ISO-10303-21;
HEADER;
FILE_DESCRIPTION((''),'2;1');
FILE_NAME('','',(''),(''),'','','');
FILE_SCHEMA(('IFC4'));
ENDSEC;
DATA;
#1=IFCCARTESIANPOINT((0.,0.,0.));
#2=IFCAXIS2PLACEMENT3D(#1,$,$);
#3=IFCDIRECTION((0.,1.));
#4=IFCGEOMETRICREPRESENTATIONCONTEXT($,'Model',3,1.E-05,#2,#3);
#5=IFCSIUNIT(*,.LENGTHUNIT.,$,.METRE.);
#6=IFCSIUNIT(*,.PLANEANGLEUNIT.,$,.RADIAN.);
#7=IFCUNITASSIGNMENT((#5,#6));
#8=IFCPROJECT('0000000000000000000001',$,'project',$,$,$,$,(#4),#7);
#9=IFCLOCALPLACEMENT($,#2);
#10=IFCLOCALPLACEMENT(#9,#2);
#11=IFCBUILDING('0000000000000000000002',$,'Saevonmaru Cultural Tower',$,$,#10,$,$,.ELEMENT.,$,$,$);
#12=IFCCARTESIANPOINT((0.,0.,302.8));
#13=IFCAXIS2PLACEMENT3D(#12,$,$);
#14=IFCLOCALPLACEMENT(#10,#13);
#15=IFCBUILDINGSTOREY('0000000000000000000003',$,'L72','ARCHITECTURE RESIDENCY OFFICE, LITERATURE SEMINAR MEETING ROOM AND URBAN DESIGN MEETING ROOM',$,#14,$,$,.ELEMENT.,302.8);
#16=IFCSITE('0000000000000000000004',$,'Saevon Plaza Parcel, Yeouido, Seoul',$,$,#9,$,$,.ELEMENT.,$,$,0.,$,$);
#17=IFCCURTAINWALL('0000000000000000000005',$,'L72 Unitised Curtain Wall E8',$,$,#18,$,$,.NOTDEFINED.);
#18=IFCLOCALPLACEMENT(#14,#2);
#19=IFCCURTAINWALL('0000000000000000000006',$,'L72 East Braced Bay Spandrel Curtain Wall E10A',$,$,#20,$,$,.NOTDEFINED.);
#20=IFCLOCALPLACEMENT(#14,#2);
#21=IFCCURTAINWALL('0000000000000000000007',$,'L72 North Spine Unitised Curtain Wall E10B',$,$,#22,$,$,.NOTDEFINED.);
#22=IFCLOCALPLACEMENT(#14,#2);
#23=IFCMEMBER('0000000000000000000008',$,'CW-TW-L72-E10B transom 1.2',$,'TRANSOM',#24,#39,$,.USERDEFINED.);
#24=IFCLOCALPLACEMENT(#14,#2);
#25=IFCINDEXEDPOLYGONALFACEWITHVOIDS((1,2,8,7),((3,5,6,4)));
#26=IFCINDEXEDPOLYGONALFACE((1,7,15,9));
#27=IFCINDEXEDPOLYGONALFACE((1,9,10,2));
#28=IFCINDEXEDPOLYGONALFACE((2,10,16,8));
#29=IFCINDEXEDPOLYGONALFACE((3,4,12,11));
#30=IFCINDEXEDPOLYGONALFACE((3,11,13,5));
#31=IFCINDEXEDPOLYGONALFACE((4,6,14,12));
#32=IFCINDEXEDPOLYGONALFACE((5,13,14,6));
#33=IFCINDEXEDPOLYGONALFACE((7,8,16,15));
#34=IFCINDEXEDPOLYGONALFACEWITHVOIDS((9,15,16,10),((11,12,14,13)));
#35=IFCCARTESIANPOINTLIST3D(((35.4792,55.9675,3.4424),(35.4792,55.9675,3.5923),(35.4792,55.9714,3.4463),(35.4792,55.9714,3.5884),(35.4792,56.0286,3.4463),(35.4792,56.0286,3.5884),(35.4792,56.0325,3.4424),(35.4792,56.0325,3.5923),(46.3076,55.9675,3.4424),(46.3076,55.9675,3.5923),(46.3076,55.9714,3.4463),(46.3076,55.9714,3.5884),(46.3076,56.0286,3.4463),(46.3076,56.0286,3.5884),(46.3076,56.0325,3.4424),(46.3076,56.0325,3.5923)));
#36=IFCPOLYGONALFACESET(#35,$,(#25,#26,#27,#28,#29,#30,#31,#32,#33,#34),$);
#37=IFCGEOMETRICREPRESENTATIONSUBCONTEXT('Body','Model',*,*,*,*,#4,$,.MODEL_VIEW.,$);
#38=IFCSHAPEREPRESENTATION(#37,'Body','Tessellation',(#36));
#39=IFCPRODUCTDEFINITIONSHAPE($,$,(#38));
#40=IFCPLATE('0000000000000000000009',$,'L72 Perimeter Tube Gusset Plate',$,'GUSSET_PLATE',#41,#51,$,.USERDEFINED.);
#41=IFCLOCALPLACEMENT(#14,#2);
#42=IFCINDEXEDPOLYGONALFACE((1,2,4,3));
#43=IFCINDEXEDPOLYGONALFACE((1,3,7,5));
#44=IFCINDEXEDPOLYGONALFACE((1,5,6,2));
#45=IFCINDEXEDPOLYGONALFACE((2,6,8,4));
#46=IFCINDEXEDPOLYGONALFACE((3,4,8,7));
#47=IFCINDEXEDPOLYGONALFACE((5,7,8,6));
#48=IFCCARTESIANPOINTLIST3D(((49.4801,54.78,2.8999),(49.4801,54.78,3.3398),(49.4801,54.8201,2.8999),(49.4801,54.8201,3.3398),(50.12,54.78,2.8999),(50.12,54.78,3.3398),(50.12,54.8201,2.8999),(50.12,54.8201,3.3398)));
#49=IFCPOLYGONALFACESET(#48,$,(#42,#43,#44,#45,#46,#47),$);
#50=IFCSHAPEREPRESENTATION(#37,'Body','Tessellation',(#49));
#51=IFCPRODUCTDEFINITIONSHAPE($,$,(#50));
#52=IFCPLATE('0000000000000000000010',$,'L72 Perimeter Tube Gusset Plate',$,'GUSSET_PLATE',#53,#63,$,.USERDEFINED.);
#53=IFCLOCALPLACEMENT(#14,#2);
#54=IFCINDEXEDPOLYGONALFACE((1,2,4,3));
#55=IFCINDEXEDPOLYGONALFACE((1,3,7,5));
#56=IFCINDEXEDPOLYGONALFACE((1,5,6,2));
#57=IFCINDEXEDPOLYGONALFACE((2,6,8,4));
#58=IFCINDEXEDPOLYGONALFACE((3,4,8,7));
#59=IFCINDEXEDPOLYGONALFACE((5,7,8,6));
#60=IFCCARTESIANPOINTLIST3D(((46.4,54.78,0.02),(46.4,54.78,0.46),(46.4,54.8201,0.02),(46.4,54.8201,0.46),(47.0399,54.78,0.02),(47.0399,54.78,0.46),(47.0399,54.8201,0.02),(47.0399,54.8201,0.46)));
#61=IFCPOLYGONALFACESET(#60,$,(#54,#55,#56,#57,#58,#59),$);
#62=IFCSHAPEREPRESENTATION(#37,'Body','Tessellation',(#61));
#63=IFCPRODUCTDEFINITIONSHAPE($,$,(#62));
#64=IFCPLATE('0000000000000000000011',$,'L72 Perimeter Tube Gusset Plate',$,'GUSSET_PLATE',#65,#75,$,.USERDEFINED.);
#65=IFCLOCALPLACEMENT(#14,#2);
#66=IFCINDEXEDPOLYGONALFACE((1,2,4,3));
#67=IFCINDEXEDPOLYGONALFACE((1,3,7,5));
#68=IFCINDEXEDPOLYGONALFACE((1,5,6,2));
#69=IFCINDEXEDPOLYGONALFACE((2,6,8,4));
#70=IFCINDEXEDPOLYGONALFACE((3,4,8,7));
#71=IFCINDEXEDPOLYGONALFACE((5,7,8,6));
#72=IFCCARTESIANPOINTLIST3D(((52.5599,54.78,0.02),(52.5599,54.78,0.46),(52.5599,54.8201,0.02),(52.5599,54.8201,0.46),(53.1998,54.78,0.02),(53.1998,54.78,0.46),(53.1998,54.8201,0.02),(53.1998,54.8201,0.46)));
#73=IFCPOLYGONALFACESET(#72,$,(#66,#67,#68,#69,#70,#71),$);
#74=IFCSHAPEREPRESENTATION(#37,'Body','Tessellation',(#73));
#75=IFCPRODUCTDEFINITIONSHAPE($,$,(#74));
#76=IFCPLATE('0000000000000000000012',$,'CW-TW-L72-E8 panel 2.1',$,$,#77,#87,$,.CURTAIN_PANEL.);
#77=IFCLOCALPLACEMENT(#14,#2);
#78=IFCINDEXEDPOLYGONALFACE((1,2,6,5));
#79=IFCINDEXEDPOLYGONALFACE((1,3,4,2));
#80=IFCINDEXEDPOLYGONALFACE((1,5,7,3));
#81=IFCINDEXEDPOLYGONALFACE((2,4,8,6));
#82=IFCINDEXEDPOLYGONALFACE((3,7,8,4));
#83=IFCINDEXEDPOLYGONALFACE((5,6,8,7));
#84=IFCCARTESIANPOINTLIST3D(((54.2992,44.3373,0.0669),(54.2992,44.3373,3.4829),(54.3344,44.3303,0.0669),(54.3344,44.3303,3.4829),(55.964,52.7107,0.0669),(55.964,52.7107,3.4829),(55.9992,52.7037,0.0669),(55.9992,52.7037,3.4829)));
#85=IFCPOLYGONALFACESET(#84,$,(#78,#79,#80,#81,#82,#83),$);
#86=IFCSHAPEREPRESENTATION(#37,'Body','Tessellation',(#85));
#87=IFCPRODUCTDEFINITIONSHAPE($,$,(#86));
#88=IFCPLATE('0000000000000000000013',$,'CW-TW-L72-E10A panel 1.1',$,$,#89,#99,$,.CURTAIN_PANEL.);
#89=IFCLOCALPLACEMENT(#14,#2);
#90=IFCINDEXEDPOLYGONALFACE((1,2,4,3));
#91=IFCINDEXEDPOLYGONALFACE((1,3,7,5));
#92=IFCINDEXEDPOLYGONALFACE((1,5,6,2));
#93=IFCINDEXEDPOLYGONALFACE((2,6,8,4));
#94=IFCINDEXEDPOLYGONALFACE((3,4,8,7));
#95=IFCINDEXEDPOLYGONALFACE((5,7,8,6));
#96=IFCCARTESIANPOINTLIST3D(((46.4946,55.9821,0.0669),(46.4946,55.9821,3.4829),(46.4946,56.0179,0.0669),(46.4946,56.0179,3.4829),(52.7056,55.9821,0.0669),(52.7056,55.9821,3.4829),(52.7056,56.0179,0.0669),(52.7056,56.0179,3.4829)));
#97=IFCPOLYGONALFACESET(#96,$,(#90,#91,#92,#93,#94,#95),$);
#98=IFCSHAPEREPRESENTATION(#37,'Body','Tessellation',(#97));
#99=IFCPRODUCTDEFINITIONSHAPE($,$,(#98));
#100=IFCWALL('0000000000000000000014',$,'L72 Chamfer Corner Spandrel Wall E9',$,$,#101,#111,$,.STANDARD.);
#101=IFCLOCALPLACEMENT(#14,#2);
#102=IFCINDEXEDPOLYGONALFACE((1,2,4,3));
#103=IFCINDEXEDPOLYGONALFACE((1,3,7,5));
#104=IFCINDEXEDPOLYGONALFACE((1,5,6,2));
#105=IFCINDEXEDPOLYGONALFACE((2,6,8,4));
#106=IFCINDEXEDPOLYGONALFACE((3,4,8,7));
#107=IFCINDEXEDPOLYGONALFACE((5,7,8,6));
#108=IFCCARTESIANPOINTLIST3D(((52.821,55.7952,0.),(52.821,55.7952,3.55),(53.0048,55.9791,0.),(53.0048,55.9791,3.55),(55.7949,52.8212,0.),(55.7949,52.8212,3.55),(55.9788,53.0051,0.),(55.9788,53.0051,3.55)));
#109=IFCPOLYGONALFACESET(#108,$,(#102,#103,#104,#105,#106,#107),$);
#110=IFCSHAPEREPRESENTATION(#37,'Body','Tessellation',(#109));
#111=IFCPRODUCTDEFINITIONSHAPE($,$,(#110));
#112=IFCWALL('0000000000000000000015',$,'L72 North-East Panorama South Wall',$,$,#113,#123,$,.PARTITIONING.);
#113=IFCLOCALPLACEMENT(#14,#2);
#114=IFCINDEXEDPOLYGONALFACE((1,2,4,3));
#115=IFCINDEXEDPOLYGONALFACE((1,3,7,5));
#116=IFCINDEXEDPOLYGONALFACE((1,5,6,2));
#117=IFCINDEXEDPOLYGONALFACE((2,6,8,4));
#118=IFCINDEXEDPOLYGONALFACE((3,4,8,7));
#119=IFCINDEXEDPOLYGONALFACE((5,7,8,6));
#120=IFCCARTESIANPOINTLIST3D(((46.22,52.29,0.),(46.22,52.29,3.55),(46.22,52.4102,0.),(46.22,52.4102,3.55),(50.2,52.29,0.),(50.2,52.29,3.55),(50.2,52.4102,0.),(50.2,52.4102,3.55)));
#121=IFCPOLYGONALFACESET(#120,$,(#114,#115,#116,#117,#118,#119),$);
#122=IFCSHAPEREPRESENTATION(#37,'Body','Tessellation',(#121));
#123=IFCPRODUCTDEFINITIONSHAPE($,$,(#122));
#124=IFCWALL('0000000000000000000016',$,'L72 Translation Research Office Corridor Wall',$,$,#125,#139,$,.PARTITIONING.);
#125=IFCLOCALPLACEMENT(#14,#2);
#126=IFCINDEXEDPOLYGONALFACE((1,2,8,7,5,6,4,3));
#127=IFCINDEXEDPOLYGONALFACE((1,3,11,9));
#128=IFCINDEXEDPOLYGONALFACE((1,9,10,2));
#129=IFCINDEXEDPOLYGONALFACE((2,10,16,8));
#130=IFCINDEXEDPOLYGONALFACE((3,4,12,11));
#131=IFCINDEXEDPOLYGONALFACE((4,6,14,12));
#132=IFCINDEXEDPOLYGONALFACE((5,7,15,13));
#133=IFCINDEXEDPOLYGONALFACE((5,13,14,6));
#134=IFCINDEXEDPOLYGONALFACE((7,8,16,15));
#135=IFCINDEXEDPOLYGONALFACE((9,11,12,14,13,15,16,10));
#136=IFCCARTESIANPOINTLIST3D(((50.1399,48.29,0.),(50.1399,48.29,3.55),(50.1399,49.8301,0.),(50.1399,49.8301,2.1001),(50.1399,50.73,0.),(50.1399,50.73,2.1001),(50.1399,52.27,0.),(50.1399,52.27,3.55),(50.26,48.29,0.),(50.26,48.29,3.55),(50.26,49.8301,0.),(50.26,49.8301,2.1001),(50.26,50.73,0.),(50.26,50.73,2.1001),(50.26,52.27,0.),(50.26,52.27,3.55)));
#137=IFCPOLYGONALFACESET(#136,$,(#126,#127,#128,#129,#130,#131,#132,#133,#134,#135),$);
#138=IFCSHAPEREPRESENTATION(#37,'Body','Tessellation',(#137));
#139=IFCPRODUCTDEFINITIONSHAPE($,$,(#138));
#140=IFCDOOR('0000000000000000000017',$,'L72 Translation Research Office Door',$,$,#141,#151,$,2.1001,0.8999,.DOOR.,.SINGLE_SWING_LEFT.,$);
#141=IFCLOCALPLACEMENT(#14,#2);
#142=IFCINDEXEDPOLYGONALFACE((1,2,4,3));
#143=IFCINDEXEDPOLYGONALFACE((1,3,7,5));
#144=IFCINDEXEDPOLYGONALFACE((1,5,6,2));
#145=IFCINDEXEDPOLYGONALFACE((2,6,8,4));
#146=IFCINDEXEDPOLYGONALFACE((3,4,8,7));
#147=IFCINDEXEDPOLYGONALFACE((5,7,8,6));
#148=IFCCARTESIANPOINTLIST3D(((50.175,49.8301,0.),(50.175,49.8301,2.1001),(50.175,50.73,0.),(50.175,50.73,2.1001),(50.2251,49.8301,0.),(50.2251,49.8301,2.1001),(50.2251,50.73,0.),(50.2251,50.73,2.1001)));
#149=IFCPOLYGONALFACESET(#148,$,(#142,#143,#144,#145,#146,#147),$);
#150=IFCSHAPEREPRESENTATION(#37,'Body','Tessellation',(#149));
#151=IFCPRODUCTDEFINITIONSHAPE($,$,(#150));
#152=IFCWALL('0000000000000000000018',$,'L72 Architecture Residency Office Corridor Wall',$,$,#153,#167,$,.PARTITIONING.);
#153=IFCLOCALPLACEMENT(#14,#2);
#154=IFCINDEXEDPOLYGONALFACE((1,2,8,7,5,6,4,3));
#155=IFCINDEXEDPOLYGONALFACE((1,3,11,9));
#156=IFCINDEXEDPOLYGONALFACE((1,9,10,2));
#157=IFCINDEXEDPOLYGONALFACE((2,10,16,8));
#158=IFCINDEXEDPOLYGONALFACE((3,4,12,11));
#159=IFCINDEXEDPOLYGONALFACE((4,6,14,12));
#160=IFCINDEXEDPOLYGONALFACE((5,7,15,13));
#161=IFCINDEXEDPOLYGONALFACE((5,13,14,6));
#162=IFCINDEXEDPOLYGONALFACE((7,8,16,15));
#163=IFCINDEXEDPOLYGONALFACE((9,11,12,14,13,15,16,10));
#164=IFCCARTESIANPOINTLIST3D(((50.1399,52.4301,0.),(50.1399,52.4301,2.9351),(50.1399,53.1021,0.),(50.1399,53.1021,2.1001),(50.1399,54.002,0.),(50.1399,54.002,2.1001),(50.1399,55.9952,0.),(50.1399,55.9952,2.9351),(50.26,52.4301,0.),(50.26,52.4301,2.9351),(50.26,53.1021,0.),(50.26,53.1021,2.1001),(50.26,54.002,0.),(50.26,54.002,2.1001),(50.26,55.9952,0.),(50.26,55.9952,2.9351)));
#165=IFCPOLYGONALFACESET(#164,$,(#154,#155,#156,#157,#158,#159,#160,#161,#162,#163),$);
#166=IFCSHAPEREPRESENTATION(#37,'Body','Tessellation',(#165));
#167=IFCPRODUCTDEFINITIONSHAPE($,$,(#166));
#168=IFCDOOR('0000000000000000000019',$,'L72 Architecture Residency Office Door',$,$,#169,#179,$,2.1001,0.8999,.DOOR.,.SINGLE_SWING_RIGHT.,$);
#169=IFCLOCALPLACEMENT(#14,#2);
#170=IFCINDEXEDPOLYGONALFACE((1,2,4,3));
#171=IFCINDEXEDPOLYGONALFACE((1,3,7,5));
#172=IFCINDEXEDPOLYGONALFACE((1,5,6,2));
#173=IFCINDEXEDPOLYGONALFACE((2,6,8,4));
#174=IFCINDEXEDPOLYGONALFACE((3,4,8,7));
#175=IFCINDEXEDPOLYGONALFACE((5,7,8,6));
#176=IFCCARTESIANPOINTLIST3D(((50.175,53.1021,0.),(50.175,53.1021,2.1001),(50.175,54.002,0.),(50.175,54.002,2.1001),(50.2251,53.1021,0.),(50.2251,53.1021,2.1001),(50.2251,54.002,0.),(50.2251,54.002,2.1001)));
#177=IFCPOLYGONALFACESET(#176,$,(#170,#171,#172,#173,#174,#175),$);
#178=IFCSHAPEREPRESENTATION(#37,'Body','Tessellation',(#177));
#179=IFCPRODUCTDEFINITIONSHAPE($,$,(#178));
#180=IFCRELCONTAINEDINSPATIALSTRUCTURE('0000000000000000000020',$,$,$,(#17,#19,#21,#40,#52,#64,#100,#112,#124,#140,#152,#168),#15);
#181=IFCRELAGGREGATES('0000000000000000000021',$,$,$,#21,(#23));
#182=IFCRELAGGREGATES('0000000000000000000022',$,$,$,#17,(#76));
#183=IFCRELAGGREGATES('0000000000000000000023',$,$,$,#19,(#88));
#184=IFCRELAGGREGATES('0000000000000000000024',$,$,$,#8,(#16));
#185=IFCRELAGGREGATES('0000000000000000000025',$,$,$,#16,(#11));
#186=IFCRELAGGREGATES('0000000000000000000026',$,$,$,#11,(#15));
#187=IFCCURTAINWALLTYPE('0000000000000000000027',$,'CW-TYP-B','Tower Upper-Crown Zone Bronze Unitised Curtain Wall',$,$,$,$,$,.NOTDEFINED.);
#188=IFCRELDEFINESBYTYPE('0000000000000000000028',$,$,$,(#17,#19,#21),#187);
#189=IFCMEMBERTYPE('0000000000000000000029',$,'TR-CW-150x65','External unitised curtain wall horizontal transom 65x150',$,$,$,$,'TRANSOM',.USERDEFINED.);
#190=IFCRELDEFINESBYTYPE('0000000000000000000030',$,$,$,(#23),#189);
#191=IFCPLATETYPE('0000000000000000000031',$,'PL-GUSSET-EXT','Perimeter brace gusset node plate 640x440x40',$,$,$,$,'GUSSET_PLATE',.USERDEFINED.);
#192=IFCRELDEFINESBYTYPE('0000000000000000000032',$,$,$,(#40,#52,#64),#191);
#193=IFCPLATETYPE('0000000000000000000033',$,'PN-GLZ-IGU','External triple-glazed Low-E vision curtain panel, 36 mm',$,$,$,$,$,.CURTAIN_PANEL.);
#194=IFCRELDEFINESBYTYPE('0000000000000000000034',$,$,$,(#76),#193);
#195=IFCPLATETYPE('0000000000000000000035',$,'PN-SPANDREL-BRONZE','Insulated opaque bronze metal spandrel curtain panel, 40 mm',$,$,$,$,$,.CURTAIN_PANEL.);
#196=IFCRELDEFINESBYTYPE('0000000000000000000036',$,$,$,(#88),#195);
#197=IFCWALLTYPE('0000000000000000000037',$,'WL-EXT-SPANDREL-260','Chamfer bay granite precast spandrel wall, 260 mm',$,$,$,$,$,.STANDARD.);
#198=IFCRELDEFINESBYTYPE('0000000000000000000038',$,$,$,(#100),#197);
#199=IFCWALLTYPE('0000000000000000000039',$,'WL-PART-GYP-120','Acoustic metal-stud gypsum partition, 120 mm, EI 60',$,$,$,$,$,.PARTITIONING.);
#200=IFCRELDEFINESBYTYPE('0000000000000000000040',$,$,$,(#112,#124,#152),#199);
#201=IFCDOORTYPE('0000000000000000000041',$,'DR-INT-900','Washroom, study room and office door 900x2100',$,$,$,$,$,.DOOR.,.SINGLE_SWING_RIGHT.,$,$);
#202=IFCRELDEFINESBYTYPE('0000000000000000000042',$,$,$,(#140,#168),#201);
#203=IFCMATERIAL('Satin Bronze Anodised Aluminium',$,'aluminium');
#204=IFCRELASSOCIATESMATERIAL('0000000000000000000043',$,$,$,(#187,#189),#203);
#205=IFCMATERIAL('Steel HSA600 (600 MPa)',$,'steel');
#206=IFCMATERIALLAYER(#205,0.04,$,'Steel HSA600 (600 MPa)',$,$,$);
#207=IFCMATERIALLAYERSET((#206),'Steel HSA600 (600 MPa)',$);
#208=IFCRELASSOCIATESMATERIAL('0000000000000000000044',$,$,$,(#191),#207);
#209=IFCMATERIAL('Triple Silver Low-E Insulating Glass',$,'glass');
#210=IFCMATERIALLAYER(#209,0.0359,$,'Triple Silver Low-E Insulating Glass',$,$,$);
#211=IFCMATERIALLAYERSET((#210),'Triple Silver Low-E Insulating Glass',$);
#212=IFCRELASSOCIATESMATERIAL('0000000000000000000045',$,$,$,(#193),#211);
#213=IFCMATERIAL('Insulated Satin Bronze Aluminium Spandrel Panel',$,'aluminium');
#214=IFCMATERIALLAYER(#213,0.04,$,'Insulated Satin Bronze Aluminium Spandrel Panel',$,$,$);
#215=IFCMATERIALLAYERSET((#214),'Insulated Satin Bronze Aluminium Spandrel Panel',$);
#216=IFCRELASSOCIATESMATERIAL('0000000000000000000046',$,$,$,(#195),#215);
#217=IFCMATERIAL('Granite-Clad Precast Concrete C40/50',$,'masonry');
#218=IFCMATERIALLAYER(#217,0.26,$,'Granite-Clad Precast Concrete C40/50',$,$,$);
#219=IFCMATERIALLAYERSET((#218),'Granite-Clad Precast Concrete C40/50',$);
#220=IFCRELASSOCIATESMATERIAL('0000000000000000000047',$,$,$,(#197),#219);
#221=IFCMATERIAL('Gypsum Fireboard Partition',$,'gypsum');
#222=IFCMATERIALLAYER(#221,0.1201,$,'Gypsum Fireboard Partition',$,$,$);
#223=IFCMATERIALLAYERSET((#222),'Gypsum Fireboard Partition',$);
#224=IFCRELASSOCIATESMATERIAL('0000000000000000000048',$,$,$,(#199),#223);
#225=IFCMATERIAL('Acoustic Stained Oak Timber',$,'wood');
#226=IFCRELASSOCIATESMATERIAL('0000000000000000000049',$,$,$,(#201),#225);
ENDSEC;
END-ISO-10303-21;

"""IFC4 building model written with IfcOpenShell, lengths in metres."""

from ifc_helpers import new_model, si_unit, direction, frame, frame_2d, origin, origin_2d, place, context, subcontext, project, spatial, rectangle, hollow_rectangle, extrude, material, layer, layer_set, material_profile, profile_set, type_object, element, fill, aggregate, save


model = new_model("IFC4")

# Units and contexts
model_context = context("Model", 3, precision=1e-05, world=origin(), true_north=direction((0.0, 1.0)))
body_context = subcontext(model_context, "Body", "Model", "MODEL_VIEW")
ifc_project = project(units=[si_unit("LENGTHUNIT", "METRE"), si_unit("PLANEANGLEUNIT", "RADIAN")], contexts=[model_context])

# Site, building, storey
site_placement = place(None, origin())
site = spatial("IfcSite", under=ifc_project, at=site_placement, Name="Saevon Plaza Parcel, Yeouido, Seoul", CompositionType="ELEMENT", RefElevation=0.0)
building_placement = place(site_placement, origin())
building = spatial("IfcBuilding", under=site, at=building_placement, Name="Saevonmaru Cultural Tower", CompositionType="ELEMENT")
storey_placement = place(building_placement, frame((0.0, 0.0, 302.8)))
storey = spatial("IfcBuildingStorey", under=building, at=storey_placement, Name="L72", Description="ARCHITECTURE RESIDENCY OFFICE, LITERATURE SEMINAR MEETING ROOM AND URBAN DESIGN MEETING ROOM", CompositionType="ELEMENT", Elevation=302.8)

# Curtain wall
ifc_material_1 = material(Name="Satin Bronze Anodised Aluminium", Category="aluminium")
curtain_wall_type = type_object("IfcCurtainWallType", Name="CW-TYP-B", Description="Tower Upper-Crown Zone Bronze Unitised Curtain Wall", PredefinedType="NOTDEFINED", material=ifc_material_1)
curtain_wall_1_placement = place(storey_placement, origin())
curtain_wall_1 = element("IfcCurtainWall", 1, at=curtain_wall_1_placement, inside=storey, type_object=curtain_wall_type, Name="L72 Unitised Curtain Wall E8", PredefinedType="NOTDEFINED")

# Curtain wall
curtain_wall_2_placement = place(storey_placement, origin())
curtain_wall_2 = element("IfcCurtainWall", 2, at=curtain_wall_2_placement, inside=storey, type_object=curtain_wall_type, Name="L72 East Braced Bay Spandrel Curtain Wall E10A", PredefinedType="NOTDEFINED")

# Curtain wall
curtain_wall_3_placement = place(storey_placement, origin())
curtain_wall_3 = element("IfcCurtainWall", 3, at=curtain_wall_3_placement, inside=storey, type_object=curtain_wall_type, Name="L72 North Spine Unitised Curtain Wall E10B", PredefinedType="NOTDEFINED")

# Member
ifc_material_profile_1 = material_profile(ifc_material_1, hollow_rectangle(XDim=0.0649, YDim=0.1499, WallThickness=0.0039, at=origin_2d()), Name="ALU-TRAN-150x65x4")
ifc_profile_set_1 = profile_set([ifc_material_profile_1], Name="Satin Bronze Anodised Aluminium")
member_type_1 = type_object("IfcMemberType", Name="TR-CW-150x65", Description="External unitised curtain wall horizontal transom 65x150", ElementType="TRANSOM", PredefinedType="USERDEFINED", material=ifc_profile_set_1)
member_1_placement = place(storey_placement, frame((46.3076, 56.0, 3.5173), z_axis=(-1.0, 0.0, 0.0), x_axis=(0.0, -1.0, 0.0)))
member_1 = element("IfcMember", 4, at=member_1_placement, type_object=member_type_1, Name="CW-TW-L72-E10B transom 1.2", ObjectType="TRANSOM", PredefinedType="USERDEFINED", context=body_context, shape_type="SweptSolid", body=[
    extrude(hollow_rectangle(XDim=0.0649, YDim=0.1499, WallThickness=0.0039, at=origin_2d()), origin(), (0.0, 0.0, 1.0), 10.8284),
])
aggregate(curtain_wall_3, [member_1])

# Plates
ifc_material_2 = material(Name="Steel HSA600 (600 MPa)", Category="steel")
ifc_layer_1 = layer(ifc_material_2, 0.04, Name="Steel HSA600 (600 MPa)")
ifc_layer_set_1 = layer_set([ifc_layer_1], Name="Steel HSA600 (600 MPa)")
plate_type_1 = type_object("IfcPlateType", Name="PL-GUSSET-EXT", Description="Perimeter brace gusset node plate 640x440x40", ElementType="GUSSET_PLATE", PredefinedType="USERDEFINED", material=ifc_layer_set_1)
for number, where, z_axis, x_axis, name in (
    (5, (49.8, 54.8, 2.8999), (0.0, 0.0, 1.0), (1.0, 0.0, 0.0), "L72 Perimeter Tube Gusset Plate"),
    (6, (46.72, 54.8, 0.02), (0.0, 0.0, 1.0), (1.0, 0.0, 0.0), "L72 Perimeter Tube Gusset Plate"),
    (7, (52.8799, 54.8, 0.02), (0.0, 0.0, 1.0), (1.0, 0.0, 0.0), "L72 Perimeter Tube Gusset Plate"),
):
    element("IfcPlate", number, at=place(storey_placement, frame(where, z_axis=z_axis, x_axis=x_axis)), inside=storey, type_object=plate_type_1, Name=name, ObjectType="GUSSET_PLATE", PredefinedType="USERDEFINED", context=body_context, shape_type="SweptSolid", body=[
        extrude(rectangle(XDim=0.6399, YDim=0.04, at=origin_2d()), origin(), (0.0, 0.0, 1.0), 0.4399),
    ])

# Plates
ifc_material_3 = material(Name="Triple Silver Low-E Insulating Glass", Category="glass")
ifc_layer_2 = layer(ifc_material_3, 0.0359, Name="Triple Silver Low-E Insulating Glass")
ifc_layer_set_2 = layer_set([ifc_layer_2], Name="Triple Silver Low-E Insulating Glass")
plate_type_2 = type_object("IfcPlateType", Name="PN-GLZ-IGU", Description="External triple-glazed Low-E vision curtain panel, 36 mm", PredefinedType="CURTAIN_PANEL", material=ifc_layer_set_2)
plate_1_placement = place(storey_placement, frame((55.1492, 48.5205, 0.0669), z_axis=(0.0, 0.0, 1.0), x_axis=(0.195005, 0.980802, 0.0)))
plate_1 = element("IfcPlate", 8, at=plate_1_placement, type_object=plate_type_2, Name="CW-TW-L72-E8 panel 2.1", PredefinedType="CURTAIN_PANEL", context=body_context, shape_type="SweptSolid", body=[
    extrude(rectangle(XDim=8.5374, YDim=0.0359, at=origin_2d()), origin(), (0.0, 0.0, 1.0), 3.416),
])
aggregate(curtain_wall_1, [plate_1])
ifc_material_4 = material(Name="Insulated Satin Bronze Aluminium Spandrel Panel", Category="aluminium")
ifc_layer_3 = layer(ifc_material_4, 0.04, Name="Insulated Satin Bronze Aluminium Spandrel Panel")
ifc_layer_set_3 = layer_set([ifc_layer_3], Name="Insulated Satin Bronze Aluminium Spandrel Panel")
plate_type_3 = type_object("IfcPlateType", Name="PN-SPANDREL-BRONZE", Description="Insulated opaque bronze metal spandrel curtain panel, 40 mm", PredefinedType="CURTAIN_PANEL", material=ifc_layer_set_3)
plate_2_placement = place(storey_placement, frame((49.6001, 56.0, 0.0669), z_axis=(0.0, 0.0, 1.0), x_axis=(-1.0, 0.0, 0.0)))
plate_2 = element("IfcPlate", 9, at=plate_2_placement, type_object=plate_type_3, Name="CW-TW-L72-E10A panel 1.1", PredefinedType="CURTAIN_PANEL", context=body_context, shape_type="SweptSolid", body=[
    extrude(rectangle(XDim=6.2109, YDim=0.0359, at=origin_2d()), origin(), (0.0, 0.0, 1.0), 3.416),
])
aggregate(curtain_wall_2, [plate_2])

# Walls
ifc_material_5 = material(Name="Granite-Clad Precast Concrete C40/50", Category="masonry")
ifc_layer_4 = layer(ifc_material_5, 0.26, Name="Granite-Clad Precast Concrete C40/50")
ifc_layer_set_4 = layer_set([ifc_layer_4], Name="Granite-Clad Precast Concrete C40/50")
wall_type_1 = type_object("IfcWallType", Name="WL-EXT-SPANDREL-260", Description="Chamfer bay granite precast spandrel wall, 260 mm", PredefinedType="STANDARD", material=ifc_layer_set_4)
wall_1_placement = place(storey_placement, frame((55.887, 52.9131, 0.0), z_axis=(0.0, 0.0, 1.0), x_axis=(-0.707107, 0.707107, 0.0)))
element("IfcWall", 10, at=wall_1_placement, inside=storey, type_object=wall_type_1, Name="L72 Chamfer Corner Spandrel Wall E9", PredefinedType="STANDARD", context=body_context, shape_type="SweptSolid", body=[
    extrude(rectangle(XDim=4.2058, YDim=0.26, at=frame_2d((2.103, 0.0))), origin(), (0.0, 0.0, 1.0), 3.55),
])
ifc_material_6 = material(Name="Gypsum Fireboard Partition", Category="gypsum")
ifc_layer_5 = layer(ifc_material_6, 0.1201, Name="Gypsum Fireboard Partition")
ifc_layer_set_5 = layer_set([ifc_layer_5], Name="Gypsum Fireboard Partition")
wall_type_2 = type_object("IfcWallType", Name="WL-PART-GYP-120", Description="Acoustic metal-stud gypsum partition, 120 mm, EI 60", PredefinedType="PARTITIONING", material=ifc_layer_set_5)
wall_2_placement = place(storey_placement, frame((46.22, 52.3501, 0.0), z_axis=(0.0, 0.0, 1.0), x_axis=(1.0, 0.0, 0.0)))
element("IfcWall", 11, at=wall_2_placement, inside=storey, type_object=wall_type_2, Name="L72 North-East Panorama South Wall", PredefinedType="PARTITIONING", context=body_context, shape_type="SweptSolid", body=[
    extrude(rectangle(XDim=3.98, YDim=0.1201, at=frame_2d((1.99, 0.0))), origin(), (0.0, 0.0, 1.0), 3.55),
])

# Walls, openings, doors
wall_3_placement = place(storey_placement, frame((50.2, 48.29, 0.0), z_axis=(0.0, 0.0, 1.0), x_axis=(0.0, 1.0, 0.0)))
wall_3 = element("IfcWall", 12, at=wall_3_placement, inside=storey, type_object=wall_type_2, Name="L72 Translation Research Office Corridor Wall", PredefinedType="PARTITIONING", context=body_context, shape_type="SweptSolid", body=[
    extrude(rectangle(XDim=3.98, YDim=0.1201, at=frame_2d((1.99, 0.0))), origin(), (0.0, 0.0, 1.0), 3.55),
])
opening_1_placement = place(wall_3_placement, frame((1.54, 0.0, 0.0)))
opening_1 = element("IfcOpeningElement", 13, at=opening_1_placement, cuts=wall_3, PredefinedType="OPENING", context=body_context, shape_type="SweptSolid", body=[
    extrude(rectangle(XDim=0.8999, YDim=2.1001, at=frame_2d((0.45, 1.05))), frame((0.0, 0.0701, 0.0), z_axis=(0.0, -1.0, 0.0), x_axis=(1.0, 0.0, 0.0)), (0.0, 0.0, 1.0), 0.1401),
])
ifc_material_7 = material(Name="Acoustic Stained Oak Timber", Category="wood")
door_type_1 = type_object("IfcDoorType", Name="DR-INT-900", Description="Washroom, study room and office door 900x2100", OperationType="SINGLE_SWING_RIGHT", PredefinedType="DOOR", material=ifc_material_7)
door_1_placement = place(opening_1_placement, origin())
door_1 = element("IfcDoor", 14, at=door_1_placement, inside=storey, type_object=door_type_1, Name="L72 Translation Research Office Door", OperationType="SINGLE_SWING_LEFT", OverallHeight=2.1001, OverallWidth=0.8999, PredefinedType="DOOR", context=body_context, shape_type="SweptSolid", body=[
    extrude(rectangle(XDim=0.8999, YDim=2.1001, at=frame_2d((0.45, 1.05))), frame((0.0, 0.0249, 0.0), z_axis=(0.0, -1.0, 0.0), x_axis=(1.0, 0.0, 0.0)), (0.0, 0.0, 1.0), 0.05),
])
fill(opening_1, door_1)
wall_4_placement = place(storey_placement, frame((50.2, 52.4299, 0.0), z_axis=(0.0, 0.0, 1.0), x_axis=(0.0, 1.0, 0.0)))
wall_4 = element("IfcWall", 15, at=wall_4_placement, inside=storey, type_object=wall_type_2, Name="L72 Architecture Residency Office Corridor Wall", PredefinedType="PARTITIONING", context=body_context, shape_type="SweptSolid", body=[
    extrude(rectangle(XDim=3.5652, YDim=0.1201, at=frame_2d((1.7827, 0.0))), origin(), (0.0, 0.0, 1.0), 2.9351),
])
opening_2_placement = place(wall_4_placement, frame((0.6721, 0.0, 0.0)))
opening_2 = element("IfcOpeningElement", 16, at=opening_2_placement, cuts=wall_4, PredefinedType="OPENING", context=body_context, shape_type="SweptSolid", body=[
    extrude(rectangle(XDim=0.8999, YDim=2.1001, at=frame_2d((0.45, 1.05))), frame((0.0, 0.0701, 0.0), z_axis=(0.0, -1.0, 0.0), x_axis=(1.0, 0.0, 0.0)), (0.0, 0.0, 1.0), 0.1401),
])
door_2_placement = place(opening_2_placement, origin())
door_2 = element("IfcDoor", 17, at=door_2_placement, inside=storey, type_object=door_type_1, Name="L72 Architecture Residency Office Door", OperationType="SINGLE_SWING_RIGHT", OverallHeight=2.1001, OverallWidth=0.8999, PredefinedType="DOOR", context=body_context, shape_type="SweptSolid", body=[
    extrude(rectangle(XDim=0.8999, YDim=2.1001, at=frame_2d((0.45, 1.05))), frame((0.0, 0.0249, 0.0), z_axis=(0.0, -1.0, 0.0), x_axis=(1.0, 0.0, 0.0)), (0.0, 0.0, 1.0), 0.05),
])
fill(opening_2, door_2)

save(model, "model.ifc")
